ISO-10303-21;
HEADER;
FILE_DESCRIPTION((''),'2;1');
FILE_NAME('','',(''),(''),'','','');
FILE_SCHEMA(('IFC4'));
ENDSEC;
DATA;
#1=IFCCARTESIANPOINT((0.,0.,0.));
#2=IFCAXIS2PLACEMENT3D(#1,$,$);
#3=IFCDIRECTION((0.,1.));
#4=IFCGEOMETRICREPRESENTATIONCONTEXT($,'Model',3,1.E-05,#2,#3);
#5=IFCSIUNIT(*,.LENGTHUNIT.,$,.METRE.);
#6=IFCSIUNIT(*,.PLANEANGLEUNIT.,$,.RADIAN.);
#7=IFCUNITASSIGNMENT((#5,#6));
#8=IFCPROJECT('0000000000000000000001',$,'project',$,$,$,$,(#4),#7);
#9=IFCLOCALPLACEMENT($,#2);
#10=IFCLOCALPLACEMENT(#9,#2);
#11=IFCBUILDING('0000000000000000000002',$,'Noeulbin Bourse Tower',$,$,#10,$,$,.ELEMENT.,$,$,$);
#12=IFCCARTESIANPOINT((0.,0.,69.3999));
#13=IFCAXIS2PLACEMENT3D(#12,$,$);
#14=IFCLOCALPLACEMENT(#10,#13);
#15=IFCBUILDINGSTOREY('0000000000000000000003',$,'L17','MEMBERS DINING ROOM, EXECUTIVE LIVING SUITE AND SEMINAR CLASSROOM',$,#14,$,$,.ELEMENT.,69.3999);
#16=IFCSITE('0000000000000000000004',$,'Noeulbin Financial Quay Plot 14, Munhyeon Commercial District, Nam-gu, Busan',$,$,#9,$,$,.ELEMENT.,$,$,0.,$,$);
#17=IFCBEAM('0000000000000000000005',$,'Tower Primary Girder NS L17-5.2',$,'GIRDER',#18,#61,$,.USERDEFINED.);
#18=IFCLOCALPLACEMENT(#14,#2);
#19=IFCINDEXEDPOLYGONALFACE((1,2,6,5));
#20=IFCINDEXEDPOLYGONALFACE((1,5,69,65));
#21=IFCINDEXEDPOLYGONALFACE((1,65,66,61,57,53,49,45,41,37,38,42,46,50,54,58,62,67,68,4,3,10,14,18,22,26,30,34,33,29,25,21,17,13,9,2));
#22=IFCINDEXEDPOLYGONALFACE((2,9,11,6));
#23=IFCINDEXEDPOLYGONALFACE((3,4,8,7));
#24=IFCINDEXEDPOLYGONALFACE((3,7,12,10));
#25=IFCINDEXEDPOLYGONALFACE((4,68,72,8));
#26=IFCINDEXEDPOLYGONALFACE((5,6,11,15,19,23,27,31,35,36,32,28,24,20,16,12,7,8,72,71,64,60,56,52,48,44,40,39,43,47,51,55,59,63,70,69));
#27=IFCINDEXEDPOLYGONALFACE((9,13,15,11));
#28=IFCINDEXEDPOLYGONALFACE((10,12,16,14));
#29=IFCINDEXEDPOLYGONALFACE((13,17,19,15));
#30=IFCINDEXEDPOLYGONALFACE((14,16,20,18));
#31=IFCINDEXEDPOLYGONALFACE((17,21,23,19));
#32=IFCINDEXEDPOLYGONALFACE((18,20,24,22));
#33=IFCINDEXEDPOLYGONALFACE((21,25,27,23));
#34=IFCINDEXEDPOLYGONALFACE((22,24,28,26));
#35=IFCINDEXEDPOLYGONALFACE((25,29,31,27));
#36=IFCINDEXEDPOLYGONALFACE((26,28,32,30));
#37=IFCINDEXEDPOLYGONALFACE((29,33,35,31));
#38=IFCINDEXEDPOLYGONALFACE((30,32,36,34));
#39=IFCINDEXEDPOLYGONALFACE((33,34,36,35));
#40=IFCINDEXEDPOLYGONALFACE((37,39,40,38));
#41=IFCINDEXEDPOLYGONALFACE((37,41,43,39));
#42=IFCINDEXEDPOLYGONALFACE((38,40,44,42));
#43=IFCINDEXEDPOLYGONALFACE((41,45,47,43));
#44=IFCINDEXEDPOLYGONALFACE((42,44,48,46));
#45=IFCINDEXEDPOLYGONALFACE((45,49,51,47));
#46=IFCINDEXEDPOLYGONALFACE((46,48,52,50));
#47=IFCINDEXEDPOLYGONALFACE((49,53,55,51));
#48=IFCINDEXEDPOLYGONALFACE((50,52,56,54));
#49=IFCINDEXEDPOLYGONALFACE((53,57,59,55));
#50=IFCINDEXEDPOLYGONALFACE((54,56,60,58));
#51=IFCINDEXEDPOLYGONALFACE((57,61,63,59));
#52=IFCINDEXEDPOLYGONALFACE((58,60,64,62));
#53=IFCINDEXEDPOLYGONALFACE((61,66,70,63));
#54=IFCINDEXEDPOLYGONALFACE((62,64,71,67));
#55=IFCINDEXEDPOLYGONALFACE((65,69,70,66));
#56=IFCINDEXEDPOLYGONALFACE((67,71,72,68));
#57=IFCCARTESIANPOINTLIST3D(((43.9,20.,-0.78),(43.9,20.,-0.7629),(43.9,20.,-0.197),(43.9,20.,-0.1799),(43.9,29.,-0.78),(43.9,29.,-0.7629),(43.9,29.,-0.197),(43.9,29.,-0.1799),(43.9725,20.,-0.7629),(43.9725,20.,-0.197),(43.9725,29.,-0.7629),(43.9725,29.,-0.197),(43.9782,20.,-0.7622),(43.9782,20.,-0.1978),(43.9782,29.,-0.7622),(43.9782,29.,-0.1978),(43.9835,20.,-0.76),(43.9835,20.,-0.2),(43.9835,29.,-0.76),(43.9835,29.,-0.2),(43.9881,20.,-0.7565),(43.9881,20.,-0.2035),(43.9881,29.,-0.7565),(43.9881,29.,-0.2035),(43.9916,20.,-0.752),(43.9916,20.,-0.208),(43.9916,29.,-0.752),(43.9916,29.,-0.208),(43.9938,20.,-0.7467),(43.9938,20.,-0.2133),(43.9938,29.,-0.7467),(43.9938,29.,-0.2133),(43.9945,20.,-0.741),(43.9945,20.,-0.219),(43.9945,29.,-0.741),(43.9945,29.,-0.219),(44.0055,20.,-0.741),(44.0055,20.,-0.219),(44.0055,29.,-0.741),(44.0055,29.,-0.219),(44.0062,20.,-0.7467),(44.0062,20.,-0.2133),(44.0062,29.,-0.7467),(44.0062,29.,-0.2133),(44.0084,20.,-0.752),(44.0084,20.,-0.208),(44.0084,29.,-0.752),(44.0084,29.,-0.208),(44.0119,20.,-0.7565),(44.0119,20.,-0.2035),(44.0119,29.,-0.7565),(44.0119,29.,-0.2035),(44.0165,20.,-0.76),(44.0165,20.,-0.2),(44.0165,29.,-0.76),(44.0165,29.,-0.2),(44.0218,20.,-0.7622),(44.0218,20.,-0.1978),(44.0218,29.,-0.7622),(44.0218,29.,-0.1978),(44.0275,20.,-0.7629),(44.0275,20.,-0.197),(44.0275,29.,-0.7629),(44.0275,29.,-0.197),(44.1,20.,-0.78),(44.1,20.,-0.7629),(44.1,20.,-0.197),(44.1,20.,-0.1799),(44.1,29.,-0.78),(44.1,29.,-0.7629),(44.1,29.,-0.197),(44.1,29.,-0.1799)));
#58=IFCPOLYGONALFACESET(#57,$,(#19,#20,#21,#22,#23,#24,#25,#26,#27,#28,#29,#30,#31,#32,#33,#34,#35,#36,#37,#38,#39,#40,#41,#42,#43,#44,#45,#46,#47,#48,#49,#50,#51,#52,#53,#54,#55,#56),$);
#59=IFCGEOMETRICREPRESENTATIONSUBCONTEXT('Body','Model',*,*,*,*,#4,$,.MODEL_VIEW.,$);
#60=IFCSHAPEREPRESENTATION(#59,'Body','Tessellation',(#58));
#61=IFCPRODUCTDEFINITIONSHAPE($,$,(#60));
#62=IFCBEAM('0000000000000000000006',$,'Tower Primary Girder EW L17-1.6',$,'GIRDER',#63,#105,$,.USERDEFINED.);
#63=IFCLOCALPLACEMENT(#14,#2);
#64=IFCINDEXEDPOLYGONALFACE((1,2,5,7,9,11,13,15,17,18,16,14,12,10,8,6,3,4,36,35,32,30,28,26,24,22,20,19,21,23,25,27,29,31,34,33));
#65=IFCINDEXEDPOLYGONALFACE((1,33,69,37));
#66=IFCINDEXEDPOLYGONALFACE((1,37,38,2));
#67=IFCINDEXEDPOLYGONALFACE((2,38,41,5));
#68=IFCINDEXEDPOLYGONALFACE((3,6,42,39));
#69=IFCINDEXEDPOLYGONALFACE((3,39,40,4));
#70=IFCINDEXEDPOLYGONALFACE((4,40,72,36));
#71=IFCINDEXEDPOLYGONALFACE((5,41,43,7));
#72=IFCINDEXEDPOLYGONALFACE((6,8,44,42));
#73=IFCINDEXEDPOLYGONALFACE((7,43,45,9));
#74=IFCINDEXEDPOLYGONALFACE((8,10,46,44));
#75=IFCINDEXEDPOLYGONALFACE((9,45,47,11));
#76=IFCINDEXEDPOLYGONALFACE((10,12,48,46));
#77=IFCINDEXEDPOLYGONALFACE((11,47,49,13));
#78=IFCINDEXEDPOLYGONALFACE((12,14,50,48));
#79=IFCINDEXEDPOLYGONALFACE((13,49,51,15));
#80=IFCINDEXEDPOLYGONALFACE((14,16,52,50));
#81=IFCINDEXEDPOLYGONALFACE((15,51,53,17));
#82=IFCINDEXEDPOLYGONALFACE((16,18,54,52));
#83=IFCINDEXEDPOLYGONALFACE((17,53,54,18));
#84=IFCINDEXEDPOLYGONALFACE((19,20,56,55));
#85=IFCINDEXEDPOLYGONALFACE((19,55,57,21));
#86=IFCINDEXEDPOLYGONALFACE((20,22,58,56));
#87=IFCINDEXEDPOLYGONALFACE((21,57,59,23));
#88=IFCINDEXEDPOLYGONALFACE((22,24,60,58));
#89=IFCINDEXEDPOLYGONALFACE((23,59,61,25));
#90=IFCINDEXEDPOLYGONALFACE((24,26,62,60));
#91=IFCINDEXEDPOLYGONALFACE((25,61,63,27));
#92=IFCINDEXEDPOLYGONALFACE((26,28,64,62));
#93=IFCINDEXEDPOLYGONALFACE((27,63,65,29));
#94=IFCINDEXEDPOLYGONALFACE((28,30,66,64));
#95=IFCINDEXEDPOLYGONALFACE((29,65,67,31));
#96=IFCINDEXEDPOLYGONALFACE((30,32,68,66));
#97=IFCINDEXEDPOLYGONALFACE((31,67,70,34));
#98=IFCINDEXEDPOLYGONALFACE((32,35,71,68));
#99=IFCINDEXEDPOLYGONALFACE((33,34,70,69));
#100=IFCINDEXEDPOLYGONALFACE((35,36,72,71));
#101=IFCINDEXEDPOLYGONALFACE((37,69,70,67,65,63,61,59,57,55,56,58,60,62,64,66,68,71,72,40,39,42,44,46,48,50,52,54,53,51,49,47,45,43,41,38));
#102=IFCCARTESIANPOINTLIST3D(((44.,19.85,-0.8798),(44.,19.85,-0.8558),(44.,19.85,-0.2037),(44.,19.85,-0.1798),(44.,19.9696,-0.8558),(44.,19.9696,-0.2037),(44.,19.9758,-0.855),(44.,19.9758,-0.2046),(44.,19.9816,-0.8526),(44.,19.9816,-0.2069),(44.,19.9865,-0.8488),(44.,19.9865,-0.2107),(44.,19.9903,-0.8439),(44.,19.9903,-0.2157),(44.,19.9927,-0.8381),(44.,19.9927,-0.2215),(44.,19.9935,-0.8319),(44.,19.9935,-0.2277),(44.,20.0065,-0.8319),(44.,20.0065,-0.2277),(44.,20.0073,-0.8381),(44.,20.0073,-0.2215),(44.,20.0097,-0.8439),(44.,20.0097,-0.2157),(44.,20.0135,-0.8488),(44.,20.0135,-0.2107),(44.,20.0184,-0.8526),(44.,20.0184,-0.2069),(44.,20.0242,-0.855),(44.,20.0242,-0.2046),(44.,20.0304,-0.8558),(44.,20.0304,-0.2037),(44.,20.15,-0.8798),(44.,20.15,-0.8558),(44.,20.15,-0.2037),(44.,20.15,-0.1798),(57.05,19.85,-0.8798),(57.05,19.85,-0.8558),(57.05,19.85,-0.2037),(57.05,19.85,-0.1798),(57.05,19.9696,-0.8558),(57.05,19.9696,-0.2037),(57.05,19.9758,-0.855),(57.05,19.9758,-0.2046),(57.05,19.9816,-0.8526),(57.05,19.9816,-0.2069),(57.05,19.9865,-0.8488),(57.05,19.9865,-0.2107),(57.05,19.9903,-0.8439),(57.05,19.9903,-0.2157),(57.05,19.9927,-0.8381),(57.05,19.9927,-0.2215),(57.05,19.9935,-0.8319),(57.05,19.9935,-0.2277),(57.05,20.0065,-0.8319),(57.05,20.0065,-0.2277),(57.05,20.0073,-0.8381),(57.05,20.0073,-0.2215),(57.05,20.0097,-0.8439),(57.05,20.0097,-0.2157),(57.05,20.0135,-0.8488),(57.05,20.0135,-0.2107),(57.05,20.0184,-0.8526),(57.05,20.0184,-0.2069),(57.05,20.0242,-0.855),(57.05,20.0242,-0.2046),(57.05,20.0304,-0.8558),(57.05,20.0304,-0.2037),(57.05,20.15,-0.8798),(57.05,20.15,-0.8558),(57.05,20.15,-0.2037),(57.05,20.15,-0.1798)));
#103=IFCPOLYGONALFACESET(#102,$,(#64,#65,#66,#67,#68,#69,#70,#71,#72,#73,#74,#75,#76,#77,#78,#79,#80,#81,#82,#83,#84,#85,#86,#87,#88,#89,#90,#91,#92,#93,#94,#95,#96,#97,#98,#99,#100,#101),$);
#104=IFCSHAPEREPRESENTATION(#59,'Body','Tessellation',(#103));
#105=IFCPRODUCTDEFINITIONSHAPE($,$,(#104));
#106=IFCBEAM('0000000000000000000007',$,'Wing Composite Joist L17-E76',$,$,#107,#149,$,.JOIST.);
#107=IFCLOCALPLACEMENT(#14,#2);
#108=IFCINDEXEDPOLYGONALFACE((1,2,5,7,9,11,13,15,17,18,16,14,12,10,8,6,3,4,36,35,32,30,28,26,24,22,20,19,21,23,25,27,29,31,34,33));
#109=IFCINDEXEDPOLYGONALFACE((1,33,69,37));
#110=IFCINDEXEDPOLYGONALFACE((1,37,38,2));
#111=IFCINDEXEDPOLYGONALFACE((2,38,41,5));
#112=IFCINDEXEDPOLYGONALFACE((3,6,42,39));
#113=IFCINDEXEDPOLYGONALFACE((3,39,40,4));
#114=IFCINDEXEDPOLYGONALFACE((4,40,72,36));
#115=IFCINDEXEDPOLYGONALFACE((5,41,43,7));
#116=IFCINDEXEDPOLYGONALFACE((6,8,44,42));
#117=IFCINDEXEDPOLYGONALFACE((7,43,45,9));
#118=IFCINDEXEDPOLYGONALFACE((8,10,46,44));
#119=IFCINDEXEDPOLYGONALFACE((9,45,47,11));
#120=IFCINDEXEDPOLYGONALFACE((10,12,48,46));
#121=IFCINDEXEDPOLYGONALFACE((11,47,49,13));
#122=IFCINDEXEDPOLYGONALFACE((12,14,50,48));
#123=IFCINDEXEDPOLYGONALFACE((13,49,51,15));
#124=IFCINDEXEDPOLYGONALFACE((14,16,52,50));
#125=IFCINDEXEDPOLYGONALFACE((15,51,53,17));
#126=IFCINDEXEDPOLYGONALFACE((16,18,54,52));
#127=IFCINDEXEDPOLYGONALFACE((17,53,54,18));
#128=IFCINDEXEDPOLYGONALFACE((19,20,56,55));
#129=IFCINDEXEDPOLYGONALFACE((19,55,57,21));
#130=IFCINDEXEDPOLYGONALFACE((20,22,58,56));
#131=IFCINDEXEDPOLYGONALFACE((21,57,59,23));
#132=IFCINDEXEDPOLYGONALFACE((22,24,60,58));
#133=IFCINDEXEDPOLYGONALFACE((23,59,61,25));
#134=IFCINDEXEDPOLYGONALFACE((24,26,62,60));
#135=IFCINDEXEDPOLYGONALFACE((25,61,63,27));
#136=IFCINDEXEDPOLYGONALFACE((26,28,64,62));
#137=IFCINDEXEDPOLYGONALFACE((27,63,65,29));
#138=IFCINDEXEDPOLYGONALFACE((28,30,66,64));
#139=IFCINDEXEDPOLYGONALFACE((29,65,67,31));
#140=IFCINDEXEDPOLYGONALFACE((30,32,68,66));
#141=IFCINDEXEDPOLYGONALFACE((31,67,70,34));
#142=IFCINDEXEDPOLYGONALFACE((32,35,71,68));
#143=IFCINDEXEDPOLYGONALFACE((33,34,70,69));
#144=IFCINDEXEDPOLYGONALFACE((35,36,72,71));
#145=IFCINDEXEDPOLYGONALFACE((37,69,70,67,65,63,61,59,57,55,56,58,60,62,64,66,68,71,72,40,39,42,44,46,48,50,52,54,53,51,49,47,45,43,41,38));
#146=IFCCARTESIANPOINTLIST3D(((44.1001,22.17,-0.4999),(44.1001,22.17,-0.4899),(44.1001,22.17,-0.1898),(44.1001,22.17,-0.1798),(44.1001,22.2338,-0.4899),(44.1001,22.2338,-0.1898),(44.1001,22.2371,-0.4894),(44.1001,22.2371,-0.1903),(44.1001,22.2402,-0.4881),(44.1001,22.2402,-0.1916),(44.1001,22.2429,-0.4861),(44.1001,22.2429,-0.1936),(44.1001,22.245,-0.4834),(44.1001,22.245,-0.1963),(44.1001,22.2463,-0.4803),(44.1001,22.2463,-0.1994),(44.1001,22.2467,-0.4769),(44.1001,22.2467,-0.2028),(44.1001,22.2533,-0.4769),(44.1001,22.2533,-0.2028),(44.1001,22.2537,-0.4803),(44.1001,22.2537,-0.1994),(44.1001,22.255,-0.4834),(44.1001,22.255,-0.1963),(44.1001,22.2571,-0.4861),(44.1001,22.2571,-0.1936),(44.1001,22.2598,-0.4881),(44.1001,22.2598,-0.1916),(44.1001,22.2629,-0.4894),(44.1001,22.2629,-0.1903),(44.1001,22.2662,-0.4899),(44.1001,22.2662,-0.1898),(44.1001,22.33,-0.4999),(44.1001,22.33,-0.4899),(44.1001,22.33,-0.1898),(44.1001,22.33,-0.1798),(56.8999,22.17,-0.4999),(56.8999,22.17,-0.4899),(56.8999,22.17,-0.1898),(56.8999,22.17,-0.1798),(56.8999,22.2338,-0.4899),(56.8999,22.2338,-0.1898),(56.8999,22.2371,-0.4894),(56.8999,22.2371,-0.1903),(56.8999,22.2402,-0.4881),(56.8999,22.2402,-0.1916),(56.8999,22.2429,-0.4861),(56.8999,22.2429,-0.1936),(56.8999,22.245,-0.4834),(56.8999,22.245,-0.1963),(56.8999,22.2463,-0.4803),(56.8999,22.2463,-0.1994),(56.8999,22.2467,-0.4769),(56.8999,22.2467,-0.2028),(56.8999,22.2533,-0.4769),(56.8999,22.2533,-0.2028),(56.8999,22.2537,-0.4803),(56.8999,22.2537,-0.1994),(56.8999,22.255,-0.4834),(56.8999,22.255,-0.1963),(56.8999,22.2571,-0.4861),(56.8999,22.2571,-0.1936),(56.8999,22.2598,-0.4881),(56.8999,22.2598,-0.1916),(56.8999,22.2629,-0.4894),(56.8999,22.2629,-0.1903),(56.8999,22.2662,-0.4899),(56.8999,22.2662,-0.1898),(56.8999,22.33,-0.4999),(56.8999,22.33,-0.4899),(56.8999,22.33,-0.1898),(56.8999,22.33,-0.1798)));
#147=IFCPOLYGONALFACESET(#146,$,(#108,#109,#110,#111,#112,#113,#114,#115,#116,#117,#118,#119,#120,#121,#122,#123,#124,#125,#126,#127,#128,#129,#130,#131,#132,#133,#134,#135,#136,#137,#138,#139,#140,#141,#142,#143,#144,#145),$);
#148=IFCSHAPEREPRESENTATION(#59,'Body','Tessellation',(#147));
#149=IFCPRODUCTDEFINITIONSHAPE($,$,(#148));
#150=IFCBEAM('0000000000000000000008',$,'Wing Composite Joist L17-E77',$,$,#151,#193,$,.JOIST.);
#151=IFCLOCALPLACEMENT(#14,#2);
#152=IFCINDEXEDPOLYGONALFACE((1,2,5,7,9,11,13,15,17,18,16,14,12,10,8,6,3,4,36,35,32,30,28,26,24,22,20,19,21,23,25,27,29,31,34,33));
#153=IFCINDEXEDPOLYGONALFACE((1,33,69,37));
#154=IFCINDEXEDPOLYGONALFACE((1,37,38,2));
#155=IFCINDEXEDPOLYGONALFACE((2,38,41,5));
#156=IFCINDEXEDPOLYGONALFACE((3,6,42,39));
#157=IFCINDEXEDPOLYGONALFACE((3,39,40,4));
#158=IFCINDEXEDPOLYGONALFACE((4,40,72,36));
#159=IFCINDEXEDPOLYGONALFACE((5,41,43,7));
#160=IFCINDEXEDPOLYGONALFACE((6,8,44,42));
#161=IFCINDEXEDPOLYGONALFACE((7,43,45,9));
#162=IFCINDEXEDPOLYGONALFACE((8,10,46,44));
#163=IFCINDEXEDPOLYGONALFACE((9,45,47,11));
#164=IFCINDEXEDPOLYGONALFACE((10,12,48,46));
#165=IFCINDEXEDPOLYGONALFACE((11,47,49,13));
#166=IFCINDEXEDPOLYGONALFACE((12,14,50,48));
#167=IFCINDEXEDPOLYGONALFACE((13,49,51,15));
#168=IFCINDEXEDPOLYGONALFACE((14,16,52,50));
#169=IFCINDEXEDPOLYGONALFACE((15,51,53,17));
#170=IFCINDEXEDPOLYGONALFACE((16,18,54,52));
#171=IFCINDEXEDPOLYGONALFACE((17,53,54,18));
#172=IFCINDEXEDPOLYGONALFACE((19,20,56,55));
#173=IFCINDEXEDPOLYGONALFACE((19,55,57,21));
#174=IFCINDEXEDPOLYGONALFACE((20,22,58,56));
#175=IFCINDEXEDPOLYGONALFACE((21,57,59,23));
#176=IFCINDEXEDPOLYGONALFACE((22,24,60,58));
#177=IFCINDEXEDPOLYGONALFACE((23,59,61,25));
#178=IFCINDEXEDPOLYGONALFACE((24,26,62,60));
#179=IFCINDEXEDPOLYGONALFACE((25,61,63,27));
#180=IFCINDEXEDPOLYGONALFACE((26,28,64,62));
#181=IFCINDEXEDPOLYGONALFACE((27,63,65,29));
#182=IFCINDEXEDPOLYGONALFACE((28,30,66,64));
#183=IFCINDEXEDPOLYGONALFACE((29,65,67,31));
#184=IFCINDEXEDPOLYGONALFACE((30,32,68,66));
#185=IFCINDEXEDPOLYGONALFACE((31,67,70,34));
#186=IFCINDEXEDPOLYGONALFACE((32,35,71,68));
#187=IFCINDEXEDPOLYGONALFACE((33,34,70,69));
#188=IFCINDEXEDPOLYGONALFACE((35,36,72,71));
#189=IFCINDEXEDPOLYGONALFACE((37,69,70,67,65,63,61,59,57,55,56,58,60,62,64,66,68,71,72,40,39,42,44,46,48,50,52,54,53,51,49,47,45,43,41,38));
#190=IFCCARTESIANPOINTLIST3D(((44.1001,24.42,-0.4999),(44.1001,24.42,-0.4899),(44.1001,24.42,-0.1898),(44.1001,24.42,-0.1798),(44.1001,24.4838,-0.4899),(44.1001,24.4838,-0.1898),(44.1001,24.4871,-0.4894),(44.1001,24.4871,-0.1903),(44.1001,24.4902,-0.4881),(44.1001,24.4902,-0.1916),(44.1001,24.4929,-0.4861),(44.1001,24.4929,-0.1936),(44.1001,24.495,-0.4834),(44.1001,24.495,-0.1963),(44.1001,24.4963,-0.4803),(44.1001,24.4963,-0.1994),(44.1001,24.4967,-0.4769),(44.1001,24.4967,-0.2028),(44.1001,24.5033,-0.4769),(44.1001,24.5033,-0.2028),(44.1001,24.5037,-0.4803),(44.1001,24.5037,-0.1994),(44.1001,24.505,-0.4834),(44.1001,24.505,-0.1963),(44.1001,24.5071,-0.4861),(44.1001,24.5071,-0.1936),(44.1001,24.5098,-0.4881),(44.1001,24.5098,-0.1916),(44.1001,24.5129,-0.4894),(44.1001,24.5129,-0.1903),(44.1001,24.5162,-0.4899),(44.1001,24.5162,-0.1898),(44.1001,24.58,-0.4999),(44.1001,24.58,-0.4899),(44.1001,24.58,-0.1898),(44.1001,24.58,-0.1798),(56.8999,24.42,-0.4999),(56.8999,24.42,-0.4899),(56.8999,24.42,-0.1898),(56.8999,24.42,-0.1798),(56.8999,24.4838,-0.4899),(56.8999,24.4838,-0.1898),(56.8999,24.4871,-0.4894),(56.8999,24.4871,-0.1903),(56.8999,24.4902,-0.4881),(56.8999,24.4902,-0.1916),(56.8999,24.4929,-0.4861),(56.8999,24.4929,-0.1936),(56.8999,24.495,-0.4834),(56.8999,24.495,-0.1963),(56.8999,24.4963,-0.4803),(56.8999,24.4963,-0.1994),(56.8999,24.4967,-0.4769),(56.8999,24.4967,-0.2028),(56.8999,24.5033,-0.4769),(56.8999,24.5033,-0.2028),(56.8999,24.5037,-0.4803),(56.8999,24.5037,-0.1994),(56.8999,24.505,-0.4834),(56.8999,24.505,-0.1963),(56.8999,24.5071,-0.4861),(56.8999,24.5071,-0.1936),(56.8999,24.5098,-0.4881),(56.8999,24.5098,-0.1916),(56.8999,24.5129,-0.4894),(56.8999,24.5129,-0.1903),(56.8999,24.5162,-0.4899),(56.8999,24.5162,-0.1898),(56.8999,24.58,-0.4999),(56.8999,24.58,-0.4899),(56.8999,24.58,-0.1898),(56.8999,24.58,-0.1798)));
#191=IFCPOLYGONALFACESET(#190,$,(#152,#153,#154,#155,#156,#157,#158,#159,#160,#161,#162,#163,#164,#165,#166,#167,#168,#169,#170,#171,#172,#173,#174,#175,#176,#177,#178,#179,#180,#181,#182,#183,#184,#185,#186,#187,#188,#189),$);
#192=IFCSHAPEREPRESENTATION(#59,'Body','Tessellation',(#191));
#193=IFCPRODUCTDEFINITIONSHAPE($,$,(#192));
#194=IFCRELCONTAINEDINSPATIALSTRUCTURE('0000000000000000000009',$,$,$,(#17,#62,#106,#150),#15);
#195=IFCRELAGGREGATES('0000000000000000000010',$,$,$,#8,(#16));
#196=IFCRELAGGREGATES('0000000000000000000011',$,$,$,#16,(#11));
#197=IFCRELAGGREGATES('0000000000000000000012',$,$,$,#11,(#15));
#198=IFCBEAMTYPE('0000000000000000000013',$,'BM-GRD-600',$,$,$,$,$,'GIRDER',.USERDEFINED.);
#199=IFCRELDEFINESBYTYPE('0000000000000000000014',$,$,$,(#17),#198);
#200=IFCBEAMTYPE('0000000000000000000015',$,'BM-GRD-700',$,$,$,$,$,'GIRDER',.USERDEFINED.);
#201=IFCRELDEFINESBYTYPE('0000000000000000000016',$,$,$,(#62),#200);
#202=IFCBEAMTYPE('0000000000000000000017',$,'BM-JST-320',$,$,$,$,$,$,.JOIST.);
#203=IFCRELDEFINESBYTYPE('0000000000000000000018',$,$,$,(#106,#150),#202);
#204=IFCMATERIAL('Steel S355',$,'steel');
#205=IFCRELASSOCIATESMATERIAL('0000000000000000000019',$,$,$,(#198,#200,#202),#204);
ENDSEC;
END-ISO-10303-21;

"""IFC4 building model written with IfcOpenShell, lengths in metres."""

from ifc_helpers import new_model, si_unit, direction, frame, origin, origin_2d, place, context, subcontext, project, spatial, i_section, extrude, material, material_profile, profile_set, type_object, element, save


model = new_model("IFC4")

# Units and contexts
model_context = context("Model", 3, precision=1e-05, world=origin(), true_north=direction((0.0, 1.0)))
body_context = subcontext(model_context, "Body", "Model", "MODEL_VIEW")
ifc_project = project(units=[si_unit("LENGTHUNIT", "METRE"), si_unit("PLANEANGLEUNIT", "RADIAN")], contexts=[model_context])

# Site, building, storey
site_placement = place(None, origin())
site = spatial("IfcSite", under=ifc_project, at=site_placement, Name="Noeulbin Financial Quay Plot 14, Munhyeon Commercial District, Nam-gu, Busan", CompositionType="ELEMENT", RefElevation=0.0)
building_placement = place(site_placement, origin())
building = spatial("IfcBuilding", under=site, at=building_placement, Name="Noeulbin Bourse Tower", CompositionType="ELEMENT")
storey_placement = place(building_placement, frame((0.0, 0.0, 69.3999)))
storey = spatial("IfcBuildingStorey", under=building, at=storey_placement, Name="L17", Description="MEMBERS DINING ROOM, EXECUTIVE LIVING SUITE AND SEMINAR CLASSROOM", CompositionType="ELEMENT", Elevation=69.3999)

# Beams
ifc_material_1 = material(Name="Steel S355", Category="steel")
ifc_material_profile_1 = material_profile(ifc_material_1, i_section(OverallWidth=0.2, OverallDepth=0.6001, WebThickness=0.011, FlangeThickness=0.0171, FilletRadius=0.022, at=origin_2d()), Name="H-600x200x11x17", Category="LoadBearing")
ifc_profile_set_1 = profile_set([ifc_material_profile_1], Name="Steel S355")
beam_type_1 = type_object("IfcBeamType", Name="BM-GRD-600", ElementType="GIRDER", PredefinedType="USERDEFINED", material=ifc_profile_set_1)
beam_1_placement = place(storey_placement, frame((44.0, 20.0, -0.48), z_axis=(0.0, 1.0, 0.0), x_axis=(-1.0, 0.0, 0.0)))
element("IfcBeam", 1, at=beam_1_placement, inside=storey, type_object=beam_type_1, Name="Tower Primary Girder NS L17-5.2", ObjectType="GIRDER", PredefinedType="USERDEFINED", context=body_context, shape_type="SweptSolid", body=[
    extrude(i_section(OverallWidth=0.2, OverallDepth=0.6001, WebThickness=0.011, FlangeThickness=0.0171, FilletRadius=0.022, at=origin_2d()), origin(), (0.0, 0.0, 1.0), 9.0),
])
ifc_material_profile_2 = material_profile(ifc_material_1, i_section(OverallWidth=0.3, OverallDepth=0.7, WebThickness=0.0129, FlangeThickness=0.0239, FilletRadius=0.0239, at=origin_2d()), Name="H-700x300x13x24", Category="LoadBearing")
ifc_profile_set_2 = profile_set([ifc_material_profile_2], Name="Steel S355")
beam_type_2 = type_object("IfcBeamType", Name="BM-GRD-700", ElementType="GIRDER", PredefinedType="USERDEFINED", material=ifc_profile_set_2)
beam_2_placement = place(storey_placement, frame((44.0, 20.0, -0.5298), z_axis=(1.0, 0.0, 0.0), x_axis=(0.0, 1.0, 0.0)))
element("IfcBeam", 2, at=beam_2_placement, inside=storey, type_object=beam_type_2, Name="Tower Primary Girder EW L17-1.6", ObjectType="GIRDER", PredefinedType="USERDEFINED", context=body_context, shape_type="SweptSolid", body=[
    extrude(i_section(OverallWidth=0.3, OverallDepth=0.7, WebThickness=0.0129, FlangeThickness=0.0239, FilletRadius=0.0239, at=origin_2d()), origin(), (0.0, 0.0, 1.0), 13.05),
])
ifc_material_profile_3 = material_profile(ifc_material_1, i_section(OverallWidth=0.1599, OverallDepth=0.3201, WebThickness=0.0066, FlangeThickness=0.01, FilletRadius=0.0129, at=origin_2d()), Name="H-320x160x6.5x10", Category="LoadBearing")
ifc_profile_set_3 = profile_set([ifc_material_profile_3], Name="Steel S355")
beam_type_3 = type_object("IfcBeamType", Name="BM-JST-320", PredefinedType="JOIST", material=ifc_profile_set_3)
for number, where, z_axis, x_axis, name in (
    (3, (44.1001, 22.25, -0.3398), (1.0, 0.0, 0.0), (0.0, 1.0, 0.0), "Wing Composite Joist L17-E76"),
    (4, (44.1001, 24.5, -0.3398), (1.0, 0.0, 0.0), (0.0, 1.0, 0.0), "Wing Composite Joist L17-E77"),
):
    element("IfcBeam", number, at=place(storey_placement, frame(where, z_axis=z_axis, x_axis=x_axis)), inside=storey, type_object=beam_type_3, Name=name, PredefinedType="JOIST", context=body_context, shape_type="SweptSolid", body=[
        extrude(i_section(OverallWidth=0.1599, OverallDepth=0.3201, WebThickness=0.0066, FlangeThickness=0.01, FilletRadius=0.0129, at=origin_2d()), origin(), (0.0, 0.0, 1.0), 12.7998),
    ])

save(model, "model.ifc")
